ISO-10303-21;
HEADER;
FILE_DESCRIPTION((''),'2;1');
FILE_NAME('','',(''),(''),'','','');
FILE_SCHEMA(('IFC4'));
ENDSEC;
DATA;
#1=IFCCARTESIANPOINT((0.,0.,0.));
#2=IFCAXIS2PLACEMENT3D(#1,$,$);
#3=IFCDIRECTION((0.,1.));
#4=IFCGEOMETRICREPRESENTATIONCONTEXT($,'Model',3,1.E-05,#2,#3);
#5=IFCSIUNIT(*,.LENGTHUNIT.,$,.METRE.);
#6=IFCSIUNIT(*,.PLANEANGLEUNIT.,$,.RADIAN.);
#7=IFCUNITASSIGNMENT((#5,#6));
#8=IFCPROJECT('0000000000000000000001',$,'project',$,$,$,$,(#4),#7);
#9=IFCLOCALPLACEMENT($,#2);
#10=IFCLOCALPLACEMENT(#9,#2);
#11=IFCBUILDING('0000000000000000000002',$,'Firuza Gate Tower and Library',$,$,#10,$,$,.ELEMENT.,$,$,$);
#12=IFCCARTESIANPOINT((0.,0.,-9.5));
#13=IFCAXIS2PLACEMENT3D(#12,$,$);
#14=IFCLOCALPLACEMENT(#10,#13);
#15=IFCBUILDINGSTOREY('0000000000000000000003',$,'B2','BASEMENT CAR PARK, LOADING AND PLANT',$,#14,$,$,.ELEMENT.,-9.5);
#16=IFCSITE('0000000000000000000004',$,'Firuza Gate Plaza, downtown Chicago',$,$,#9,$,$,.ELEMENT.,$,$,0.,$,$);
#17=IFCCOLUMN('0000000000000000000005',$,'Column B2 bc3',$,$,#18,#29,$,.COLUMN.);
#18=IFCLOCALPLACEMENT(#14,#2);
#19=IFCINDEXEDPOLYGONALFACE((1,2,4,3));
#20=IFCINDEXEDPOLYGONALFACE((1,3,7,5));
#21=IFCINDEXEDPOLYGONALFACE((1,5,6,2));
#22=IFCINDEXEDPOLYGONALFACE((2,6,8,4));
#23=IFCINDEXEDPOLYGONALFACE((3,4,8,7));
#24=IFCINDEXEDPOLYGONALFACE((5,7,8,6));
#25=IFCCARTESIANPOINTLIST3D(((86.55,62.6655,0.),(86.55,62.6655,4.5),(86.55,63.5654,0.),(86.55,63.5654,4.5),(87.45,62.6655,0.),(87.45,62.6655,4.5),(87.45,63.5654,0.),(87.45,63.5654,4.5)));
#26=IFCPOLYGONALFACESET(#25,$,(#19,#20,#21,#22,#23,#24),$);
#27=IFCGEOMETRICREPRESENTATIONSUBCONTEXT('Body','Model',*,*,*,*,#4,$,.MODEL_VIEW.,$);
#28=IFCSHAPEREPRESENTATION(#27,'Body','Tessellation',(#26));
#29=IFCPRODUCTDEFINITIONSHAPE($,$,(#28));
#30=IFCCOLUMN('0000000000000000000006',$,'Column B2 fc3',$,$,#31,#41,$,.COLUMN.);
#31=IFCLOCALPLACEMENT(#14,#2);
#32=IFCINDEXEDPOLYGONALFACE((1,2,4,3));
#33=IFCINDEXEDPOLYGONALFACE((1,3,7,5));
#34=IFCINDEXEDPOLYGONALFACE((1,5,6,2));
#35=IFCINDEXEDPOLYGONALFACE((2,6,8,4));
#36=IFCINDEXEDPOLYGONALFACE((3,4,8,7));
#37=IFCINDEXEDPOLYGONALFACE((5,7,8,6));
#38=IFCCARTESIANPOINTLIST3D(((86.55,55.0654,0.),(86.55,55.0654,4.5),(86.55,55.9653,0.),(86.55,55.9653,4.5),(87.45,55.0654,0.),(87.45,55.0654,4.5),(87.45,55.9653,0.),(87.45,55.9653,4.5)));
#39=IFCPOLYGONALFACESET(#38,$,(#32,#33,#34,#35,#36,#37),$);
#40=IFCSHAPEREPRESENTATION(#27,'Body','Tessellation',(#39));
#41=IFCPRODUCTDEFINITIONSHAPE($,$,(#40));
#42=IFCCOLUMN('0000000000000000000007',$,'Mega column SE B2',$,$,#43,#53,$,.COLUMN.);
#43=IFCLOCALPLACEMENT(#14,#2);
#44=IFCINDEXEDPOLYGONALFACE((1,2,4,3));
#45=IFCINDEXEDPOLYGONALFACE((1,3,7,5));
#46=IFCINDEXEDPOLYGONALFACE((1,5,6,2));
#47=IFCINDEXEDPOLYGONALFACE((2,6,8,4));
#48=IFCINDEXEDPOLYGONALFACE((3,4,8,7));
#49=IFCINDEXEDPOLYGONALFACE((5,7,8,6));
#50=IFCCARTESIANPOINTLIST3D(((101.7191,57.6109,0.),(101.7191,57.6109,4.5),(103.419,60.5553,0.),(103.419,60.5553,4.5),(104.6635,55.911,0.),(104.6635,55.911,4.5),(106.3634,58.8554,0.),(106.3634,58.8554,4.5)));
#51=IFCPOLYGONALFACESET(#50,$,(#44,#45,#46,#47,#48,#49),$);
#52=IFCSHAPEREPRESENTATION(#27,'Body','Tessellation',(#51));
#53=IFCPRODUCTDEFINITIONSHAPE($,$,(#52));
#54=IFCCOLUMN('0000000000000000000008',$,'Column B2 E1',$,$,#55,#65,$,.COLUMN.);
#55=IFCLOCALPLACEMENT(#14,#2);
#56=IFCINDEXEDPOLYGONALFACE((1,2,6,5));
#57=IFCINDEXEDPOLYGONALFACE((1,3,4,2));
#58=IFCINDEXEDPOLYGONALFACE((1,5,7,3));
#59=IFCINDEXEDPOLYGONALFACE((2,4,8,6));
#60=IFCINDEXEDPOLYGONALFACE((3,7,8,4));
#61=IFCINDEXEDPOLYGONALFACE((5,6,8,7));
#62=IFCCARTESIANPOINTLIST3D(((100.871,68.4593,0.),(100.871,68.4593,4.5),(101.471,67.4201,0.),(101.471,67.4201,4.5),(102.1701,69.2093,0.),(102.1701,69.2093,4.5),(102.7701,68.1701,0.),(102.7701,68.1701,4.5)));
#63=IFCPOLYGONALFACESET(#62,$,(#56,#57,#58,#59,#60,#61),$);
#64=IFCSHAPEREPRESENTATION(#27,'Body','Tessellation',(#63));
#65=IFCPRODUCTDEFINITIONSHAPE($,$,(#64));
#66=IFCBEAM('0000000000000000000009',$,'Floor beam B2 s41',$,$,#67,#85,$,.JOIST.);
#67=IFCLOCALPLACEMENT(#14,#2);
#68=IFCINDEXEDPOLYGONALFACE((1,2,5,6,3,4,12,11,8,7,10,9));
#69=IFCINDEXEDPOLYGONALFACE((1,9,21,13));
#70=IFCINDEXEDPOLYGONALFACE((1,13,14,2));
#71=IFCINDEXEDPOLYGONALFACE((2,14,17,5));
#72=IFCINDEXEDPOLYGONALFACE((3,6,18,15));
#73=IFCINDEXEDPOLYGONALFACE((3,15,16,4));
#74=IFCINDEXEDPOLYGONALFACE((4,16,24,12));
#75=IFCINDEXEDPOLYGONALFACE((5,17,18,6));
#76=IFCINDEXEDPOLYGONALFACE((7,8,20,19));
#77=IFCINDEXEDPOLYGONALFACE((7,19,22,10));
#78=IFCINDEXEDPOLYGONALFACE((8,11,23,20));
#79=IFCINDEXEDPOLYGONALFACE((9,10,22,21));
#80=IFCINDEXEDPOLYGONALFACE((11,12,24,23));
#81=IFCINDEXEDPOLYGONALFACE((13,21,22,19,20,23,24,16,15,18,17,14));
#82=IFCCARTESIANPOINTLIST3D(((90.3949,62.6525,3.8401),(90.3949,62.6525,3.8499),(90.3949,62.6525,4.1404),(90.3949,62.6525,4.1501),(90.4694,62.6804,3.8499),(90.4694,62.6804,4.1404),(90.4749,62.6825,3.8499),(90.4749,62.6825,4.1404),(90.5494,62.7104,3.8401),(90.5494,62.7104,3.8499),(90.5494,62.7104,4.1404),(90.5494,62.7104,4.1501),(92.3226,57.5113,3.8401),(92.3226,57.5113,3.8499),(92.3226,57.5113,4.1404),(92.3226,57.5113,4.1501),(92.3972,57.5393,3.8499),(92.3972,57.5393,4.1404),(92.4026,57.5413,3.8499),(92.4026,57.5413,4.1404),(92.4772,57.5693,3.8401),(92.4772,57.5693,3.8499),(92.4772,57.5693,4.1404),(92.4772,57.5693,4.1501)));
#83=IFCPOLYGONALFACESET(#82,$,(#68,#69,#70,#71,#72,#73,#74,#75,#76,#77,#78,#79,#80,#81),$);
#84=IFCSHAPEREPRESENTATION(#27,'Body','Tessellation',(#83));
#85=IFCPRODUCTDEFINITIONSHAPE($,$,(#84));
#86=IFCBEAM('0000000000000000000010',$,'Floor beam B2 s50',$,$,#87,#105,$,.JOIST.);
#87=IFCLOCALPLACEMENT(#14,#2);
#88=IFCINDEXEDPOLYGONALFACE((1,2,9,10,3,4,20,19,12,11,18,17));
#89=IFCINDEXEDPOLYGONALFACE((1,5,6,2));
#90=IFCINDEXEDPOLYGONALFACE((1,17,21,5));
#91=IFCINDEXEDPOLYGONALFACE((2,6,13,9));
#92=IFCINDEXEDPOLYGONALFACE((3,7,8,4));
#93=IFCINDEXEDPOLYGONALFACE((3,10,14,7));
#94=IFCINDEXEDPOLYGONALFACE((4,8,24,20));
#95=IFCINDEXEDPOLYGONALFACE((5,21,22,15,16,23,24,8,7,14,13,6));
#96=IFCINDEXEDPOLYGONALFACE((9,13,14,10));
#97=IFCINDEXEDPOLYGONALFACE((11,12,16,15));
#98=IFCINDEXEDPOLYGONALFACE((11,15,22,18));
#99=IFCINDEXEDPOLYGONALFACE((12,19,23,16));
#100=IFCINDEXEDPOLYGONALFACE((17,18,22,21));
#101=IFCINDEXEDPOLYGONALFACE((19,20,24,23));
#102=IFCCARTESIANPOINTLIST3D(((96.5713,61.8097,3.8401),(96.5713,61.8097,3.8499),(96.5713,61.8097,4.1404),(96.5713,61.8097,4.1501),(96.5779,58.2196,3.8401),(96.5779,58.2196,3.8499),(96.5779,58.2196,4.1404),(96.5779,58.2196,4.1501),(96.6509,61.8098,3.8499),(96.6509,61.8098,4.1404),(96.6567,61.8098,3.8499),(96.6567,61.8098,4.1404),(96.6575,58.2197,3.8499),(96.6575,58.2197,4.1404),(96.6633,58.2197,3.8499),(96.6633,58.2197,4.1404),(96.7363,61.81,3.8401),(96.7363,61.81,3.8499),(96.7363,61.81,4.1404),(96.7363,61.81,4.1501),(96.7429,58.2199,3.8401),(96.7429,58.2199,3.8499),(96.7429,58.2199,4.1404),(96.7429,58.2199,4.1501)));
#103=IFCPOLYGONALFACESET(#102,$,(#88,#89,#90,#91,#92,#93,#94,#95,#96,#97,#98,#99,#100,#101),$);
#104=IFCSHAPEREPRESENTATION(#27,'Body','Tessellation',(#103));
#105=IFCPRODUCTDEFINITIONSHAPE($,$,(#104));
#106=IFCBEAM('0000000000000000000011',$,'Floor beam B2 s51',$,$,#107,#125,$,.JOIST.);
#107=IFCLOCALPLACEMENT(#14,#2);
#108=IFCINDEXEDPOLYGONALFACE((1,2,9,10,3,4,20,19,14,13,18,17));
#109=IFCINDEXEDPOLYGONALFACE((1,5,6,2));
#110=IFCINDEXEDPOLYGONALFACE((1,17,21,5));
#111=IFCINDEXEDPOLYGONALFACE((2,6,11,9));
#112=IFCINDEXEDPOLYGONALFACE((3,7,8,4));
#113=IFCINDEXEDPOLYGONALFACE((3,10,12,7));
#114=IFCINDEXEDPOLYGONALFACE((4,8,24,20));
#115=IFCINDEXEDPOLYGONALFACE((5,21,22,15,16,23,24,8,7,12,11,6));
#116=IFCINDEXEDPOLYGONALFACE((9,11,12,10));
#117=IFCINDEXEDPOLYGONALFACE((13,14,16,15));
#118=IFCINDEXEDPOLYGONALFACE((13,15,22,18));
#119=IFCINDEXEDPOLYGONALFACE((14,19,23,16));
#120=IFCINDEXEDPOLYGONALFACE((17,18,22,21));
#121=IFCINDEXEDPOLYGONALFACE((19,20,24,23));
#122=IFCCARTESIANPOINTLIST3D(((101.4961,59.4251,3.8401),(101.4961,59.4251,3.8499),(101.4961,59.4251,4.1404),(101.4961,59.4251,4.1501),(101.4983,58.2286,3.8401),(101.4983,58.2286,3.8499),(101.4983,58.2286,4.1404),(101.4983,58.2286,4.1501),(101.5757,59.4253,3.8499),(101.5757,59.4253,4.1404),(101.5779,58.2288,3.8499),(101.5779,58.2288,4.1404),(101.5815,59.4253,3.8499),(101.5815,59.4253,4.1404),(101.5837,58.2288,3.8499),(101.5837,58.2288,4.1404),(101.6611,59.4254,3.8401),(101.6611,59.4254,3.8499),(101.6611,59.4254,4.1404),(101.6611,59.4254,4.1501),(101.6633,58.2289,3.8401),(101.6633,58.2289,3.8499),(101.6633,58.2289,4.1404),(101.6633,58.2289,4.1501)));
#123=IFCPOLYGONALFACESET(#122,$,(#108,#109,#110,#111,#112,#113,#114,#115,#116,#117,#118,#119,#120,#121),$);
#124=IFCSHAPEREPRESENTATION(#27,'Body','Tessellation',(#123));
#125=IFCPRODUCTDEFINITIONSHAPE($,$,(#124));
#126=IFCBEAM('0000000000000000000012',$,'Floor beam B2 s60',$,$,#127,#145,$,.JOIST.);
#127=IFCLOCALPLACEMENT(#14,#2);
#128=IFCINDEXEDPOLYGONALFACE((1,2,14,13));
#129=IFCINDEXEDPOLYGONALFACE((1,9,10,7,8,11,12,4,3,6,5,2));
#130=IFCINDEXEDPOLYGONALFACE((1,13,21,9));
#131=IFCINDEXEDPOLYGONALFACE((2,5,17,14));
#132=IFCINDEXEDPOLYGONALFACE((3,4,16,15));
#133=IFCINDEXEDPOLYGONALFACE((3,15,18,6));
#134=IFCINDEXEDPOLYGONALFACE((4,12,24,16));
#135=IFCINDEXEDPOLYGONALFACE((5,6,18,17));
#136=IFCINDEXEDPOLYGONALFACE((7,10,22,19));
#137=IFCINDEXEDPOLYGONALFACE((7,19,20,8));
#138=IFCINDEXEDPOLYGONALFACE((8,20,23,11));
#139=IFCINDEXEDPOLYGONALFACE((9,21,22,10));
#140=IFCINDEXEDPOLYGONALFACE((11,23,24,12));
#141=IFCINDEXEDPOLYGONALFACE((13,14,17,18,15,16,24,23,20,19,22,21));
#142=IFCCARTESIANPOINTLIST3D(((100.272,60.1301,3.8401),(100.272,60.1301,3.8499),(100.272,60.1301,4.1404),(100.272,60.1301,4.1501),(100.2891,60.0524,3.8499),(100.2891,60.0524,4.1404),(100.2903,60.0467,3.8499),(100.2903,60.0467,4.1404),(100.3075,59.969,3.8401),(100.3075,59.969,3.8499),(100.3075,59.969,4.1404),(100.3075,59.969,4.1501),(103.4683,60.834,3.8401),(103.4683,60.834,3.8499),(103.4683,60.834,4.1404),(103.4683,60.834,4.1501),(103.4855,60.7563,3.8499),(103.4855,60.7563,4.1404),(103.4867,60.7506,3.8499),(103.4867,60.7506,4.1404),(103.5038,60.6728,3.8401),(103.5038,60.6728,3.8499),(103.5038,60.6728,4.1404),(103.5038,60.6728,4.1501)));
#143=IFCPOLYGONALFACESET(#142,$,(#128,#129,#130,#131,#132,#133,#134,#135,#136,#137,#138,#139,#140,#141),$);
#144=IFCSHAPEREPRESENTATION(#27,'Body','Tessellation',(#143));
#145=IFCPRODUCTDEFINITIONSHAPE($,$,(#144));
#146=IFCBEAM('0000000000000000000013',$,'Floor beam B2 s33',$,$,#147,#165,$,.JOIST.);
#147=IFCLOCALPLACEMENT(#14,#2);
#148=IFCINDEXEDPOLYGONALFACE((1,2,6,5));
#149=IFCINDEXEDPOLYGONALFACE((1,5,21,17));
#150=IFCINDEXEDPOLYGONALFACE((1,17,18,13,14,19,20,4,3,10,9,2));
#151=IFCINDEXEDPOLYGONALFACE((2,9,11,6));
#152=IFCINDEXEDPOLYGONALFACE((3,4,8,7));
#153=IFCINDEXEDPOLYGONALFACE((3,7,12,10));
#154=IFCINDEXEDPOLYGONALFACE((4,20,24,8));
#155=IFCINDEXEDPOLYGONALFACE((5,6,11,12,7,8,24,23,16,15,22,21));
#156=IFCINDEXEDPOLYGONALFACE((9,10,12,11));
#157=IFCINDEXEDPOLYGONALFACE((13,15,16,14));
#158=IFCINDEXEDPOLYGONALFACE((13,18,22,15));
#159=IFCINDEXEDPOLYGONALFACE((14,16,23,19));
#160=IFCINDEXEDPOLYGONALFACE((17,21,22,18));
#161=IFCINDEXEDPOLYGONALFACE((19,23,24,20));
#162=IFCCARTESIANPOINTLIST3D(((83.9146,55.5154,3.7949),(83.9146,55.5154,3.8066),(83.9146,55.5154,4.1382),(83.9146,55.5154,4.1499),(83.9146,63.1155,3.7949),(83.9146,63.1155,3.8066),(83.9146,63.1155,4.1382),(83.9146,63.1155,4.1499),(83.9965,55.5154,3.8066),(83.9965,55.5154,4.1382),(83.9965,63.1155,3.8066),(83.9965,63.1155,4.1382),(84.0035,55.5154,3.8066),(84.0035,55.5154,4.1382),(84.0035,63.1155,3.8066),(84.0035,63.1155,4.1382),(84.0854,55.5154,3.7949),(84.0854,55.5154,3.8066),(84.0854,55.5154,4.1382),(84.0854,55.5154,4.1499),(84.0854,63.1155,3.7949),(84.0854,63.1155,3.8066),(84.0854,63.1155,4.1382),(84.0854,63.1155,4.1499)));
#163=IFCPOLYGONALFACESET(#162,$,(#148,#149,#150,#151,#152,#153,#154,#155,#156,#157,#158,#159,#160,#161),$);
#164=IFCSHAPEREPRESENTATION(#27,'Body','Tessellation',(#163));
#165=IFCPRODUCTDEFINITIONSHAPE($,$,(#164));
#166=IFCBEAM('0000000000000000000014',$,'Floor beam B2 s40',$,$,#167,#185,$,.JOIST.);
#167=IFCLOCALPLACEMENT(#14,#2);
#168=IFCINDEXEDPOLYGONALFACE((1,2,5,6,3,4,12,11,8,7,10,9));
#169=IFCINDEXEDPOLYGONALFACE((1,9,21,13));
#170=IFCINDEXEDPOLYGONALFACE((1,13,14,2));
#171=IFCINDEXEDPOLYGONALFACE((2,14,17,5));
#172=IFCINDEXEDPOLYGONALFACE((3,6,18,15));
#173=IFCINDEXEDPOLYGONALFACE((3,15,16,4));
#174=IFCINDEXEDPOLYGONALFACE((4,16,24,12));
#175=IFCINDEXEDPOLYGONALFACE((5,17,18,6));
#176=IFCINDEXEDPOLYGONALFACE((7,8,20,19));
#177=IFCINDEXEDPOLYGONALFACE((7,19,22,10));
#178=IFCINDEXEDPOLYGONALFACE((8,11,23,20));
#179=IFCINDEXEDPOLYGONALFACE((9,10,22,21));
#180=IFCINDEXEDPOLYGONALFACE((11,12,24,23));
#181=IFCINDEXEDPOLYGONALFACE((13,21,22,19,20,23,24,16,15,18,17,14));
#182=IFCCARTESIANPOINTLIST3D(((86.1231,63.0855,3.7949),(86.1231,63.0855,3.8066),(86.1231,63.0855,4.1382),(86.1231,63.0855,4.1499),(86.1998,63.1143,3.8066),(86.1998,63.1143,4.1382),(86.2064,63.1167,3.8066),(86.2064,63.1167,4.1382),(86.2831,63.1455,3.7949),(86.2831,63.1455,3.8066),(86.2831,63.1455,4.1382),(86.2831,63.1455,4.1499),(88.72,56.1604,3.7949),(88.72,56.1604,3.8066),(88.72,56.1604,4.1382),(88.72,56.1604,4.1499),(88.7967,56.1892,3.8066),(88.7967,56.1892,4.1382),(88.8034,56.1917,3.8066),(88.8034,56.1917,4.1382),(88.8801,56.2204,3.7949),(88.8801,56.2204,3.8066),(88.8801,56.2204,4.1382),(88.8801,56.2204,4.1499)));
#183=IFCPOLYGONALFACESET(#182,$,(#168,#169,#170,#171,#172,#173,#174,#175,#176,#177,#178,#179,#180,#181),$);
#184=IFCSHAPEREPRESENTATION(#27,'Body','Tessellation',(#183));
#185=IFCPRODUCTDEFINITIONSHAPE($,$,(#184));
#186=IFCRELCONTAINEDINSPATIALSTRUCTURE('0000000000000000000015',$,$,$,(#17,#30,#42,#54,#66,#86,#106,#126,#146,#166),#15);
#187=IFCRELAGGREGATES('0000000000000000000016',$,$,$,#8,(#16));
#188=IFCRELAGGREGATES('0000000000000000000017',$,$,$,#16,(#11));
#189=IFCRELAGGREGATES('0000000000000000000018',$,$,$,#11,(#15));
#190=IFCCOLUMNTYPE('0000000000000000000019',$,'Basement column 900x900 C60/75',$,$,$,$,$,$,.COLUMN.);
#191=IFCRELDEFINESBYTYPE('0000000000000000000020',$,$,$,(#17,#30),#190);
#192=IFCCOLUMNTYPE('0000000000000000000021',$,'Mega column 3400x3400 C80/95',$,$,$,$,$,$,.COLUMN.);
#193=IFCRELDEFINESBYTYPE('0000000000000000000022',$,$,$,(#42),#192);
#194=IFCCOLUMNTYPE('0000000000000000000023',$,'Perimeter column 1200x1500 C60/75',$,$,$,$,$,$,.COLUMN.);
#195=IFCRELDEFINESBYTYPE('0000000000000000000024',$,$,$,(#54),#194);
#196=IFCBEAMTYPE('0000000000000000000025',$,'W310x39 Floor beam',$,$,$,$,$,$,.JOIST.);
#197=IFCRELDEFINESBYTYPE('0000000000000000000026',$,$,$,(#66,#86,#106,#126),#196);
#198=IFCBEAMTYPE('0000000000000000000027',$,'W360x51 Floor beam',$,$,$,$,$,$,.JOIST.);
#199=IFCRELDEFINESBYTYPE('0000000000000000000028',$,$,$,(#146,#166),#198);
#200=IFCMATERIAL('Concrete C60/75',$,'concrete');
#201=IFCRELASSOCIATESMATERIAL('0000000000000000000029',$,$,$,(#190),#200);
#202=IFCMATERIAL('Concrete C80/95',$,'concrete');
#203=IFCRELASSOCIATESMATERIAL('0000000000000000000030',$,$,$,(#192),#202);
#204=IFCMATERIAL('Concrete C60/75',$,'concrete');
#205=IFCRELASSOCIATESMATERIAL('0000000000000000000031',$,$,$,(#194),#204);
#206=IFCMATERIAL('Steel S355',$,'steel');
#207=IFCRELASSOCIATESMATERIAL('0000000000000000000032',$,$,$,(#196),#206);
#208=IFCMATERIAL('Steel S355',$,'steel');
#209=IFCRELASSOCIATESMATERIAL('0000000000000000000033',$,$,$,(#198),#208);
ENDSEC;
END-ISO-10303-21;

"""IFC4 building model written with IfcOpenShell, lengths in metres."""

from ifc_helpers import new_model, si_unit, direction, frame, origin, origin_2d, place, context, subcontext, project, spatial, rectangle, i_section, extrude, material, material_profile, profile_set, type_object, element, save


model = new_model("IFC4")

# Units and contexts
model_context = context("Model", 3, precision=1e-05, world=origin(), true_north=direction((0.0, 1.0)))
body_context = subcontext(model_context, "Body", "Model", "MODEL_VIEW")
ifc_project = project(units=[si_unit("LENGTHUNIT", "METRE"), si_unit("PLANEANGLEUNIT", "RADIAN")], contexts=[model_context])

# Site, building, storey
site_placement = place(None, origin())
site = spatial("IfcSite", under=ifc_project, at=site_placement, Name="Firuza Gate Plaza, downtown Chicago", CompositionType="ELEMENT", RefElevation=0.0)
building_placement = place(site_placement, origin())
building = spatial("IfcBuilding", under=site, at=building_placement, Name="Firuza Gate Tower and Library", CompositionType="ELEMENT")
storey_placement = place(building_placement, frame((0.0, 0.0, -9.5)))
storey = spatial("IfcBuildingStorey", under=building, at=storey_placement, Name="B2", Description="BASEMENT CAR PARK, LOADING AND PLANT", CompositionType="ELEMENT", Elevation=-9.5)

# Columns
ifc_material_1 = material(Name="Concrete C60/75", Category="concrete")
ifc_material_profile_1 = material_profile(ifc_material_1, rectangle(XDim=0.8999, YDim=0.8999, at=origin_2d()))
ifc_profile_set_1 = profile_set([ifc_material_profile_1], Name="Concrete C60/75")
column_type_1 = type_object("IfcColumnType", Name="Basement column 900x900 C60/75", PredefinedType="COLUMN", material=ifc_profile_set_1)
for number, where, z_axis, x_axis, name in (
    (1, (87.0, 63.1155, 0.0), (0.0, 0.0, 1.0), (1.0, 0.0, 0.0), "Column B2 bc3"),
    (2, (87.0, 55.5154, 0.0), (0.0, 0.0, 1.0), (1.0, 0.0, 0.0), "Column B2 fc3"),
):
    element("IfcColumn", number, at=place(storey_placement, frame(where, z_axis=z_axis, x_axis=x_axis)), inside=storey, type_object=column_type_1, Name=name, PredefinedType="COLUMN", context=body_context, shape_type="SweptSolid", body=[
        extrude(rectangle(XDim=0.8999, YDim=0.8999, at=origin_2d()), origin(), (0.0, 0.0, 1.0), 4.5),
    ])
ifc_material_2 = material(Name="Concrete C80/95", Category="concrete")
ifc_material_profile_2 = material_profile(ifc_material_2, rectangle(XDim=3.3999, YDim=3.3999, at=origin_2d()))
ifc_profile_set_2 = profile_set([ifc_material_profile_2], Name="Concrete C80/95")
column_type_2 = type_object("IfcColumnType", Name="Mega column 3400x3400 C80/95", PredefinedType="COLUMN", material=ifc_profile_set_2)
column_1_placement = place(storey_placement, frame((104.0413, 58.2332, 0.0), z_axis=(0.0, 0.0, 1.0), x_axis=(0.5, 0.866025, 0.0)))
element("IfcColumn", 3, at=column_1_placement, inside=storey, type_object=column_type_2, Name="Mega column SE B2", PredefinedType="COLUMN", context=body_context, shape_type="SweptSolid", body=[
    extrude(rectangle(XDim=3.3999, YDim=3.3999, at=origin_2d()), origin(), (0.0, 0.0, 1.0), 4.5),
])
ifc_material_3 = material(Name="Concrete C60/75", Category="concrete")
ifc_material_profile_3 = material_profile(ifc_material_3, rectangle(XDim=1.2, YDim=1.5, at=origin_2d()))
ifc_profile_set_3 = profile_set([ifc_material_profile_3], Name="Concrete C60/75")
column_type_3 = type_object("IfcColumnType", Name="Perimeter column 1200x1500 C60/75", PredefinedType="COLUMN", material=ifc_profile_set_3)
column_2_placement = place(storey_placement, frame((101.8206, 68.3147, 0.0), z_axis=(0.0, 0.0, 1.0), x_axis=(-0.5, 0.866025, 0.0)))
element("IfcColumn", 4, at=column_2_placement, inside=storey, type_object=column_type_3, Name="Column B2 E1", PredefinedType="COLUMN", context=body_context, shape_type="SweptSolid", body=[
    extrude(rectangle(XDim=1.2, YDim=1.5, at=origin_2d()), origin(), (0.0, 0.0, 1.0), 4.5),
])

# Beams
ifc_material_4 = material(Name="Steel S355", Category="steel")
ifc_material_profile_4 = material_profile(ifc_material_4, i_section(OverallWidth=0.165, OverallDepth=0.3101, WebThickness=0.0059, FlangeThickness=0.0098, at=origin_2d()))
ifc_profile_set_4 = profile_set([ifc_material_profile_4], Name="Steel S355")
beam_type_1 = type_object("IfcBeamType", Name="W310x39 Floor beam", PredefinedType="JOIST", material=ifc_profile_set_4)
beam_1_placement = place(storey_placement, frame((92.3999, 57.5403, 3.9951), z_axis=(-0.351094, 0.93634, 0.0), x_axis=(-0.93634, -0.351094, 0.0)))
element("IfcBeam", 5, at=beam_1_placement, inside=storey, type_object=beam_type_1, Name="Floor beam B2 s41", PredefinedType="JOIST", context=body_context, shape_type="SweptSolid", body=[
    extrude(i_section(OverallWidth=0.165, OverallDepth=0.3101, WebThickness=0.0059, FlangeThickness=0.0098, at=origin_2d()), origin(), (0.0, 0.0, 1.0), 5.4907),
])
beam_2_placement = place(storey_placement, frame((96.6604, 58.2197, 3.9951), z_axis=(-0.001836, 0.999998, 0.0), x_axis=(-0.999998, -0.001836, 0.0)))
element("IfcBeam", 6, at=beam_2_placement, inside=storey, type_object=beam_type_1, Name="Floor beam B2 s50", PredefinedType="JOIST", context=body_context, shape_type="SweptSolid", body=[
    extrude(i_section(OverallWidth=0.165, OverallDepth=0.3101, WebThickness=0.0059, FlangeThickness=0.0098, at=origin_2d()), origin(), (0.0, 0.0, 1.0), 3.5901),
])
beam_3_placement = place(storey_placement, frame((101.5808, 58.2288, 3.9951), z_axis=(-0.001836, 0.999998, 0.0), x_axis=(-0.999998, -0.001836, 0.0)))
element("IfcBeam", 7, at=beam_3_placement, inside=storey, type_object=beam_type_1, Name="Floor beam B2 s51", PredefinedType="JOIST", context=body_context, shape_type="SweptSolid", body=[
    extrude(i_section(OverallWidth=0.165, OverallDepth=0.3101, WebThickness=0.0059, FlangeThickness=0.0098, at=origin_2d()), origin(), (0.0, 0.0, 1.0), 1.1965),
])
beam_4_placement = place(storey_placement, frame((103.4861, 60.7534, 3.9951), z_axis=(-0.976601, -0.215058, 0.0), x_axis=(0.215058, -0.976601, 0.0)))
element("IfcBeam", 8, at=beam_4_placement, inside=storey, type_object=beam_type_1, Name="Floor beam B2 s60", PredefinedType="JOIST", context=body_context, shape_type="SweptSolid", body=[
    extrude(i_section(OverallWidth=0.165, OverallDepth=0.3101, WebThickness=0.0059, FlangeThickness=0.0098, at=origin_2d()), origin(), (0.0, 0.0, 1.0), 3.2729),
])
ifc_material_5 = material(Name="Steel S355", Category="steel")
ifc_material_profile_5 = material_profile(ifc_material_5, i_section(OverallWidth=0.1709, OverallDepth=0.355, WebThickness=0.0071, FlangeThickness=0.0117, at=origin_2d()))
ifc_profile_set_5 = profile_set([ifc_material_profile_5], Name="Steel S355")
beam_type_2 = type_object("IfcBeamType", Name="W360x51 Floor beam", PredefinedType="JOIST", material=ifc_profile_set_5)
beam_5_placement = place(storey_placement, frame((84.0, 55.5154, 3.9724), z_axis=(0.0, 1.0, 0.0), x_axis=(-1.0, 0.0, 0.0)))
element("IfcBeam", 9, at=beam_5_placement, inside=storey, type_object=beam_type_2, Name="Floor beam B2 s33", PredefinedType="JOIST", context=body_context, shape_type="SweptSolid", body=[
    extrude(i_section(OverallWidth=0.1709, OverallDepth=0.355, WebThickness=0.0071, FlangeThickness=0.0117, at=origin_2d()), origin(), (0.0, 0.0, 1.0), 7.6001),
])
beam_6_placement = place(storey_placement, frame((88.8, 56.1904, 3.9724), z_axis=(-0.351127, 0.936328, 0.0), x_axis=(-0.936328, -0.351127, 0.0)))
element("IfcBeam", 10, at=beam_6_placement, inside=storey, type_object=beam_type_2, Name="Floor beam B2 s40", PredefinedType="JOIST", context=body_context, shape_type="SweptSolid", body=[
    extrude(i_section(OverallWidth=0.1709, OverallDepth=0.355, WebThickness=0.0071, FlangeThickness=0.0117, at=origin_2d()), origin(), (0.0, 0.0, 1.0), 7.396),
])

save(model, "model.ifc")
